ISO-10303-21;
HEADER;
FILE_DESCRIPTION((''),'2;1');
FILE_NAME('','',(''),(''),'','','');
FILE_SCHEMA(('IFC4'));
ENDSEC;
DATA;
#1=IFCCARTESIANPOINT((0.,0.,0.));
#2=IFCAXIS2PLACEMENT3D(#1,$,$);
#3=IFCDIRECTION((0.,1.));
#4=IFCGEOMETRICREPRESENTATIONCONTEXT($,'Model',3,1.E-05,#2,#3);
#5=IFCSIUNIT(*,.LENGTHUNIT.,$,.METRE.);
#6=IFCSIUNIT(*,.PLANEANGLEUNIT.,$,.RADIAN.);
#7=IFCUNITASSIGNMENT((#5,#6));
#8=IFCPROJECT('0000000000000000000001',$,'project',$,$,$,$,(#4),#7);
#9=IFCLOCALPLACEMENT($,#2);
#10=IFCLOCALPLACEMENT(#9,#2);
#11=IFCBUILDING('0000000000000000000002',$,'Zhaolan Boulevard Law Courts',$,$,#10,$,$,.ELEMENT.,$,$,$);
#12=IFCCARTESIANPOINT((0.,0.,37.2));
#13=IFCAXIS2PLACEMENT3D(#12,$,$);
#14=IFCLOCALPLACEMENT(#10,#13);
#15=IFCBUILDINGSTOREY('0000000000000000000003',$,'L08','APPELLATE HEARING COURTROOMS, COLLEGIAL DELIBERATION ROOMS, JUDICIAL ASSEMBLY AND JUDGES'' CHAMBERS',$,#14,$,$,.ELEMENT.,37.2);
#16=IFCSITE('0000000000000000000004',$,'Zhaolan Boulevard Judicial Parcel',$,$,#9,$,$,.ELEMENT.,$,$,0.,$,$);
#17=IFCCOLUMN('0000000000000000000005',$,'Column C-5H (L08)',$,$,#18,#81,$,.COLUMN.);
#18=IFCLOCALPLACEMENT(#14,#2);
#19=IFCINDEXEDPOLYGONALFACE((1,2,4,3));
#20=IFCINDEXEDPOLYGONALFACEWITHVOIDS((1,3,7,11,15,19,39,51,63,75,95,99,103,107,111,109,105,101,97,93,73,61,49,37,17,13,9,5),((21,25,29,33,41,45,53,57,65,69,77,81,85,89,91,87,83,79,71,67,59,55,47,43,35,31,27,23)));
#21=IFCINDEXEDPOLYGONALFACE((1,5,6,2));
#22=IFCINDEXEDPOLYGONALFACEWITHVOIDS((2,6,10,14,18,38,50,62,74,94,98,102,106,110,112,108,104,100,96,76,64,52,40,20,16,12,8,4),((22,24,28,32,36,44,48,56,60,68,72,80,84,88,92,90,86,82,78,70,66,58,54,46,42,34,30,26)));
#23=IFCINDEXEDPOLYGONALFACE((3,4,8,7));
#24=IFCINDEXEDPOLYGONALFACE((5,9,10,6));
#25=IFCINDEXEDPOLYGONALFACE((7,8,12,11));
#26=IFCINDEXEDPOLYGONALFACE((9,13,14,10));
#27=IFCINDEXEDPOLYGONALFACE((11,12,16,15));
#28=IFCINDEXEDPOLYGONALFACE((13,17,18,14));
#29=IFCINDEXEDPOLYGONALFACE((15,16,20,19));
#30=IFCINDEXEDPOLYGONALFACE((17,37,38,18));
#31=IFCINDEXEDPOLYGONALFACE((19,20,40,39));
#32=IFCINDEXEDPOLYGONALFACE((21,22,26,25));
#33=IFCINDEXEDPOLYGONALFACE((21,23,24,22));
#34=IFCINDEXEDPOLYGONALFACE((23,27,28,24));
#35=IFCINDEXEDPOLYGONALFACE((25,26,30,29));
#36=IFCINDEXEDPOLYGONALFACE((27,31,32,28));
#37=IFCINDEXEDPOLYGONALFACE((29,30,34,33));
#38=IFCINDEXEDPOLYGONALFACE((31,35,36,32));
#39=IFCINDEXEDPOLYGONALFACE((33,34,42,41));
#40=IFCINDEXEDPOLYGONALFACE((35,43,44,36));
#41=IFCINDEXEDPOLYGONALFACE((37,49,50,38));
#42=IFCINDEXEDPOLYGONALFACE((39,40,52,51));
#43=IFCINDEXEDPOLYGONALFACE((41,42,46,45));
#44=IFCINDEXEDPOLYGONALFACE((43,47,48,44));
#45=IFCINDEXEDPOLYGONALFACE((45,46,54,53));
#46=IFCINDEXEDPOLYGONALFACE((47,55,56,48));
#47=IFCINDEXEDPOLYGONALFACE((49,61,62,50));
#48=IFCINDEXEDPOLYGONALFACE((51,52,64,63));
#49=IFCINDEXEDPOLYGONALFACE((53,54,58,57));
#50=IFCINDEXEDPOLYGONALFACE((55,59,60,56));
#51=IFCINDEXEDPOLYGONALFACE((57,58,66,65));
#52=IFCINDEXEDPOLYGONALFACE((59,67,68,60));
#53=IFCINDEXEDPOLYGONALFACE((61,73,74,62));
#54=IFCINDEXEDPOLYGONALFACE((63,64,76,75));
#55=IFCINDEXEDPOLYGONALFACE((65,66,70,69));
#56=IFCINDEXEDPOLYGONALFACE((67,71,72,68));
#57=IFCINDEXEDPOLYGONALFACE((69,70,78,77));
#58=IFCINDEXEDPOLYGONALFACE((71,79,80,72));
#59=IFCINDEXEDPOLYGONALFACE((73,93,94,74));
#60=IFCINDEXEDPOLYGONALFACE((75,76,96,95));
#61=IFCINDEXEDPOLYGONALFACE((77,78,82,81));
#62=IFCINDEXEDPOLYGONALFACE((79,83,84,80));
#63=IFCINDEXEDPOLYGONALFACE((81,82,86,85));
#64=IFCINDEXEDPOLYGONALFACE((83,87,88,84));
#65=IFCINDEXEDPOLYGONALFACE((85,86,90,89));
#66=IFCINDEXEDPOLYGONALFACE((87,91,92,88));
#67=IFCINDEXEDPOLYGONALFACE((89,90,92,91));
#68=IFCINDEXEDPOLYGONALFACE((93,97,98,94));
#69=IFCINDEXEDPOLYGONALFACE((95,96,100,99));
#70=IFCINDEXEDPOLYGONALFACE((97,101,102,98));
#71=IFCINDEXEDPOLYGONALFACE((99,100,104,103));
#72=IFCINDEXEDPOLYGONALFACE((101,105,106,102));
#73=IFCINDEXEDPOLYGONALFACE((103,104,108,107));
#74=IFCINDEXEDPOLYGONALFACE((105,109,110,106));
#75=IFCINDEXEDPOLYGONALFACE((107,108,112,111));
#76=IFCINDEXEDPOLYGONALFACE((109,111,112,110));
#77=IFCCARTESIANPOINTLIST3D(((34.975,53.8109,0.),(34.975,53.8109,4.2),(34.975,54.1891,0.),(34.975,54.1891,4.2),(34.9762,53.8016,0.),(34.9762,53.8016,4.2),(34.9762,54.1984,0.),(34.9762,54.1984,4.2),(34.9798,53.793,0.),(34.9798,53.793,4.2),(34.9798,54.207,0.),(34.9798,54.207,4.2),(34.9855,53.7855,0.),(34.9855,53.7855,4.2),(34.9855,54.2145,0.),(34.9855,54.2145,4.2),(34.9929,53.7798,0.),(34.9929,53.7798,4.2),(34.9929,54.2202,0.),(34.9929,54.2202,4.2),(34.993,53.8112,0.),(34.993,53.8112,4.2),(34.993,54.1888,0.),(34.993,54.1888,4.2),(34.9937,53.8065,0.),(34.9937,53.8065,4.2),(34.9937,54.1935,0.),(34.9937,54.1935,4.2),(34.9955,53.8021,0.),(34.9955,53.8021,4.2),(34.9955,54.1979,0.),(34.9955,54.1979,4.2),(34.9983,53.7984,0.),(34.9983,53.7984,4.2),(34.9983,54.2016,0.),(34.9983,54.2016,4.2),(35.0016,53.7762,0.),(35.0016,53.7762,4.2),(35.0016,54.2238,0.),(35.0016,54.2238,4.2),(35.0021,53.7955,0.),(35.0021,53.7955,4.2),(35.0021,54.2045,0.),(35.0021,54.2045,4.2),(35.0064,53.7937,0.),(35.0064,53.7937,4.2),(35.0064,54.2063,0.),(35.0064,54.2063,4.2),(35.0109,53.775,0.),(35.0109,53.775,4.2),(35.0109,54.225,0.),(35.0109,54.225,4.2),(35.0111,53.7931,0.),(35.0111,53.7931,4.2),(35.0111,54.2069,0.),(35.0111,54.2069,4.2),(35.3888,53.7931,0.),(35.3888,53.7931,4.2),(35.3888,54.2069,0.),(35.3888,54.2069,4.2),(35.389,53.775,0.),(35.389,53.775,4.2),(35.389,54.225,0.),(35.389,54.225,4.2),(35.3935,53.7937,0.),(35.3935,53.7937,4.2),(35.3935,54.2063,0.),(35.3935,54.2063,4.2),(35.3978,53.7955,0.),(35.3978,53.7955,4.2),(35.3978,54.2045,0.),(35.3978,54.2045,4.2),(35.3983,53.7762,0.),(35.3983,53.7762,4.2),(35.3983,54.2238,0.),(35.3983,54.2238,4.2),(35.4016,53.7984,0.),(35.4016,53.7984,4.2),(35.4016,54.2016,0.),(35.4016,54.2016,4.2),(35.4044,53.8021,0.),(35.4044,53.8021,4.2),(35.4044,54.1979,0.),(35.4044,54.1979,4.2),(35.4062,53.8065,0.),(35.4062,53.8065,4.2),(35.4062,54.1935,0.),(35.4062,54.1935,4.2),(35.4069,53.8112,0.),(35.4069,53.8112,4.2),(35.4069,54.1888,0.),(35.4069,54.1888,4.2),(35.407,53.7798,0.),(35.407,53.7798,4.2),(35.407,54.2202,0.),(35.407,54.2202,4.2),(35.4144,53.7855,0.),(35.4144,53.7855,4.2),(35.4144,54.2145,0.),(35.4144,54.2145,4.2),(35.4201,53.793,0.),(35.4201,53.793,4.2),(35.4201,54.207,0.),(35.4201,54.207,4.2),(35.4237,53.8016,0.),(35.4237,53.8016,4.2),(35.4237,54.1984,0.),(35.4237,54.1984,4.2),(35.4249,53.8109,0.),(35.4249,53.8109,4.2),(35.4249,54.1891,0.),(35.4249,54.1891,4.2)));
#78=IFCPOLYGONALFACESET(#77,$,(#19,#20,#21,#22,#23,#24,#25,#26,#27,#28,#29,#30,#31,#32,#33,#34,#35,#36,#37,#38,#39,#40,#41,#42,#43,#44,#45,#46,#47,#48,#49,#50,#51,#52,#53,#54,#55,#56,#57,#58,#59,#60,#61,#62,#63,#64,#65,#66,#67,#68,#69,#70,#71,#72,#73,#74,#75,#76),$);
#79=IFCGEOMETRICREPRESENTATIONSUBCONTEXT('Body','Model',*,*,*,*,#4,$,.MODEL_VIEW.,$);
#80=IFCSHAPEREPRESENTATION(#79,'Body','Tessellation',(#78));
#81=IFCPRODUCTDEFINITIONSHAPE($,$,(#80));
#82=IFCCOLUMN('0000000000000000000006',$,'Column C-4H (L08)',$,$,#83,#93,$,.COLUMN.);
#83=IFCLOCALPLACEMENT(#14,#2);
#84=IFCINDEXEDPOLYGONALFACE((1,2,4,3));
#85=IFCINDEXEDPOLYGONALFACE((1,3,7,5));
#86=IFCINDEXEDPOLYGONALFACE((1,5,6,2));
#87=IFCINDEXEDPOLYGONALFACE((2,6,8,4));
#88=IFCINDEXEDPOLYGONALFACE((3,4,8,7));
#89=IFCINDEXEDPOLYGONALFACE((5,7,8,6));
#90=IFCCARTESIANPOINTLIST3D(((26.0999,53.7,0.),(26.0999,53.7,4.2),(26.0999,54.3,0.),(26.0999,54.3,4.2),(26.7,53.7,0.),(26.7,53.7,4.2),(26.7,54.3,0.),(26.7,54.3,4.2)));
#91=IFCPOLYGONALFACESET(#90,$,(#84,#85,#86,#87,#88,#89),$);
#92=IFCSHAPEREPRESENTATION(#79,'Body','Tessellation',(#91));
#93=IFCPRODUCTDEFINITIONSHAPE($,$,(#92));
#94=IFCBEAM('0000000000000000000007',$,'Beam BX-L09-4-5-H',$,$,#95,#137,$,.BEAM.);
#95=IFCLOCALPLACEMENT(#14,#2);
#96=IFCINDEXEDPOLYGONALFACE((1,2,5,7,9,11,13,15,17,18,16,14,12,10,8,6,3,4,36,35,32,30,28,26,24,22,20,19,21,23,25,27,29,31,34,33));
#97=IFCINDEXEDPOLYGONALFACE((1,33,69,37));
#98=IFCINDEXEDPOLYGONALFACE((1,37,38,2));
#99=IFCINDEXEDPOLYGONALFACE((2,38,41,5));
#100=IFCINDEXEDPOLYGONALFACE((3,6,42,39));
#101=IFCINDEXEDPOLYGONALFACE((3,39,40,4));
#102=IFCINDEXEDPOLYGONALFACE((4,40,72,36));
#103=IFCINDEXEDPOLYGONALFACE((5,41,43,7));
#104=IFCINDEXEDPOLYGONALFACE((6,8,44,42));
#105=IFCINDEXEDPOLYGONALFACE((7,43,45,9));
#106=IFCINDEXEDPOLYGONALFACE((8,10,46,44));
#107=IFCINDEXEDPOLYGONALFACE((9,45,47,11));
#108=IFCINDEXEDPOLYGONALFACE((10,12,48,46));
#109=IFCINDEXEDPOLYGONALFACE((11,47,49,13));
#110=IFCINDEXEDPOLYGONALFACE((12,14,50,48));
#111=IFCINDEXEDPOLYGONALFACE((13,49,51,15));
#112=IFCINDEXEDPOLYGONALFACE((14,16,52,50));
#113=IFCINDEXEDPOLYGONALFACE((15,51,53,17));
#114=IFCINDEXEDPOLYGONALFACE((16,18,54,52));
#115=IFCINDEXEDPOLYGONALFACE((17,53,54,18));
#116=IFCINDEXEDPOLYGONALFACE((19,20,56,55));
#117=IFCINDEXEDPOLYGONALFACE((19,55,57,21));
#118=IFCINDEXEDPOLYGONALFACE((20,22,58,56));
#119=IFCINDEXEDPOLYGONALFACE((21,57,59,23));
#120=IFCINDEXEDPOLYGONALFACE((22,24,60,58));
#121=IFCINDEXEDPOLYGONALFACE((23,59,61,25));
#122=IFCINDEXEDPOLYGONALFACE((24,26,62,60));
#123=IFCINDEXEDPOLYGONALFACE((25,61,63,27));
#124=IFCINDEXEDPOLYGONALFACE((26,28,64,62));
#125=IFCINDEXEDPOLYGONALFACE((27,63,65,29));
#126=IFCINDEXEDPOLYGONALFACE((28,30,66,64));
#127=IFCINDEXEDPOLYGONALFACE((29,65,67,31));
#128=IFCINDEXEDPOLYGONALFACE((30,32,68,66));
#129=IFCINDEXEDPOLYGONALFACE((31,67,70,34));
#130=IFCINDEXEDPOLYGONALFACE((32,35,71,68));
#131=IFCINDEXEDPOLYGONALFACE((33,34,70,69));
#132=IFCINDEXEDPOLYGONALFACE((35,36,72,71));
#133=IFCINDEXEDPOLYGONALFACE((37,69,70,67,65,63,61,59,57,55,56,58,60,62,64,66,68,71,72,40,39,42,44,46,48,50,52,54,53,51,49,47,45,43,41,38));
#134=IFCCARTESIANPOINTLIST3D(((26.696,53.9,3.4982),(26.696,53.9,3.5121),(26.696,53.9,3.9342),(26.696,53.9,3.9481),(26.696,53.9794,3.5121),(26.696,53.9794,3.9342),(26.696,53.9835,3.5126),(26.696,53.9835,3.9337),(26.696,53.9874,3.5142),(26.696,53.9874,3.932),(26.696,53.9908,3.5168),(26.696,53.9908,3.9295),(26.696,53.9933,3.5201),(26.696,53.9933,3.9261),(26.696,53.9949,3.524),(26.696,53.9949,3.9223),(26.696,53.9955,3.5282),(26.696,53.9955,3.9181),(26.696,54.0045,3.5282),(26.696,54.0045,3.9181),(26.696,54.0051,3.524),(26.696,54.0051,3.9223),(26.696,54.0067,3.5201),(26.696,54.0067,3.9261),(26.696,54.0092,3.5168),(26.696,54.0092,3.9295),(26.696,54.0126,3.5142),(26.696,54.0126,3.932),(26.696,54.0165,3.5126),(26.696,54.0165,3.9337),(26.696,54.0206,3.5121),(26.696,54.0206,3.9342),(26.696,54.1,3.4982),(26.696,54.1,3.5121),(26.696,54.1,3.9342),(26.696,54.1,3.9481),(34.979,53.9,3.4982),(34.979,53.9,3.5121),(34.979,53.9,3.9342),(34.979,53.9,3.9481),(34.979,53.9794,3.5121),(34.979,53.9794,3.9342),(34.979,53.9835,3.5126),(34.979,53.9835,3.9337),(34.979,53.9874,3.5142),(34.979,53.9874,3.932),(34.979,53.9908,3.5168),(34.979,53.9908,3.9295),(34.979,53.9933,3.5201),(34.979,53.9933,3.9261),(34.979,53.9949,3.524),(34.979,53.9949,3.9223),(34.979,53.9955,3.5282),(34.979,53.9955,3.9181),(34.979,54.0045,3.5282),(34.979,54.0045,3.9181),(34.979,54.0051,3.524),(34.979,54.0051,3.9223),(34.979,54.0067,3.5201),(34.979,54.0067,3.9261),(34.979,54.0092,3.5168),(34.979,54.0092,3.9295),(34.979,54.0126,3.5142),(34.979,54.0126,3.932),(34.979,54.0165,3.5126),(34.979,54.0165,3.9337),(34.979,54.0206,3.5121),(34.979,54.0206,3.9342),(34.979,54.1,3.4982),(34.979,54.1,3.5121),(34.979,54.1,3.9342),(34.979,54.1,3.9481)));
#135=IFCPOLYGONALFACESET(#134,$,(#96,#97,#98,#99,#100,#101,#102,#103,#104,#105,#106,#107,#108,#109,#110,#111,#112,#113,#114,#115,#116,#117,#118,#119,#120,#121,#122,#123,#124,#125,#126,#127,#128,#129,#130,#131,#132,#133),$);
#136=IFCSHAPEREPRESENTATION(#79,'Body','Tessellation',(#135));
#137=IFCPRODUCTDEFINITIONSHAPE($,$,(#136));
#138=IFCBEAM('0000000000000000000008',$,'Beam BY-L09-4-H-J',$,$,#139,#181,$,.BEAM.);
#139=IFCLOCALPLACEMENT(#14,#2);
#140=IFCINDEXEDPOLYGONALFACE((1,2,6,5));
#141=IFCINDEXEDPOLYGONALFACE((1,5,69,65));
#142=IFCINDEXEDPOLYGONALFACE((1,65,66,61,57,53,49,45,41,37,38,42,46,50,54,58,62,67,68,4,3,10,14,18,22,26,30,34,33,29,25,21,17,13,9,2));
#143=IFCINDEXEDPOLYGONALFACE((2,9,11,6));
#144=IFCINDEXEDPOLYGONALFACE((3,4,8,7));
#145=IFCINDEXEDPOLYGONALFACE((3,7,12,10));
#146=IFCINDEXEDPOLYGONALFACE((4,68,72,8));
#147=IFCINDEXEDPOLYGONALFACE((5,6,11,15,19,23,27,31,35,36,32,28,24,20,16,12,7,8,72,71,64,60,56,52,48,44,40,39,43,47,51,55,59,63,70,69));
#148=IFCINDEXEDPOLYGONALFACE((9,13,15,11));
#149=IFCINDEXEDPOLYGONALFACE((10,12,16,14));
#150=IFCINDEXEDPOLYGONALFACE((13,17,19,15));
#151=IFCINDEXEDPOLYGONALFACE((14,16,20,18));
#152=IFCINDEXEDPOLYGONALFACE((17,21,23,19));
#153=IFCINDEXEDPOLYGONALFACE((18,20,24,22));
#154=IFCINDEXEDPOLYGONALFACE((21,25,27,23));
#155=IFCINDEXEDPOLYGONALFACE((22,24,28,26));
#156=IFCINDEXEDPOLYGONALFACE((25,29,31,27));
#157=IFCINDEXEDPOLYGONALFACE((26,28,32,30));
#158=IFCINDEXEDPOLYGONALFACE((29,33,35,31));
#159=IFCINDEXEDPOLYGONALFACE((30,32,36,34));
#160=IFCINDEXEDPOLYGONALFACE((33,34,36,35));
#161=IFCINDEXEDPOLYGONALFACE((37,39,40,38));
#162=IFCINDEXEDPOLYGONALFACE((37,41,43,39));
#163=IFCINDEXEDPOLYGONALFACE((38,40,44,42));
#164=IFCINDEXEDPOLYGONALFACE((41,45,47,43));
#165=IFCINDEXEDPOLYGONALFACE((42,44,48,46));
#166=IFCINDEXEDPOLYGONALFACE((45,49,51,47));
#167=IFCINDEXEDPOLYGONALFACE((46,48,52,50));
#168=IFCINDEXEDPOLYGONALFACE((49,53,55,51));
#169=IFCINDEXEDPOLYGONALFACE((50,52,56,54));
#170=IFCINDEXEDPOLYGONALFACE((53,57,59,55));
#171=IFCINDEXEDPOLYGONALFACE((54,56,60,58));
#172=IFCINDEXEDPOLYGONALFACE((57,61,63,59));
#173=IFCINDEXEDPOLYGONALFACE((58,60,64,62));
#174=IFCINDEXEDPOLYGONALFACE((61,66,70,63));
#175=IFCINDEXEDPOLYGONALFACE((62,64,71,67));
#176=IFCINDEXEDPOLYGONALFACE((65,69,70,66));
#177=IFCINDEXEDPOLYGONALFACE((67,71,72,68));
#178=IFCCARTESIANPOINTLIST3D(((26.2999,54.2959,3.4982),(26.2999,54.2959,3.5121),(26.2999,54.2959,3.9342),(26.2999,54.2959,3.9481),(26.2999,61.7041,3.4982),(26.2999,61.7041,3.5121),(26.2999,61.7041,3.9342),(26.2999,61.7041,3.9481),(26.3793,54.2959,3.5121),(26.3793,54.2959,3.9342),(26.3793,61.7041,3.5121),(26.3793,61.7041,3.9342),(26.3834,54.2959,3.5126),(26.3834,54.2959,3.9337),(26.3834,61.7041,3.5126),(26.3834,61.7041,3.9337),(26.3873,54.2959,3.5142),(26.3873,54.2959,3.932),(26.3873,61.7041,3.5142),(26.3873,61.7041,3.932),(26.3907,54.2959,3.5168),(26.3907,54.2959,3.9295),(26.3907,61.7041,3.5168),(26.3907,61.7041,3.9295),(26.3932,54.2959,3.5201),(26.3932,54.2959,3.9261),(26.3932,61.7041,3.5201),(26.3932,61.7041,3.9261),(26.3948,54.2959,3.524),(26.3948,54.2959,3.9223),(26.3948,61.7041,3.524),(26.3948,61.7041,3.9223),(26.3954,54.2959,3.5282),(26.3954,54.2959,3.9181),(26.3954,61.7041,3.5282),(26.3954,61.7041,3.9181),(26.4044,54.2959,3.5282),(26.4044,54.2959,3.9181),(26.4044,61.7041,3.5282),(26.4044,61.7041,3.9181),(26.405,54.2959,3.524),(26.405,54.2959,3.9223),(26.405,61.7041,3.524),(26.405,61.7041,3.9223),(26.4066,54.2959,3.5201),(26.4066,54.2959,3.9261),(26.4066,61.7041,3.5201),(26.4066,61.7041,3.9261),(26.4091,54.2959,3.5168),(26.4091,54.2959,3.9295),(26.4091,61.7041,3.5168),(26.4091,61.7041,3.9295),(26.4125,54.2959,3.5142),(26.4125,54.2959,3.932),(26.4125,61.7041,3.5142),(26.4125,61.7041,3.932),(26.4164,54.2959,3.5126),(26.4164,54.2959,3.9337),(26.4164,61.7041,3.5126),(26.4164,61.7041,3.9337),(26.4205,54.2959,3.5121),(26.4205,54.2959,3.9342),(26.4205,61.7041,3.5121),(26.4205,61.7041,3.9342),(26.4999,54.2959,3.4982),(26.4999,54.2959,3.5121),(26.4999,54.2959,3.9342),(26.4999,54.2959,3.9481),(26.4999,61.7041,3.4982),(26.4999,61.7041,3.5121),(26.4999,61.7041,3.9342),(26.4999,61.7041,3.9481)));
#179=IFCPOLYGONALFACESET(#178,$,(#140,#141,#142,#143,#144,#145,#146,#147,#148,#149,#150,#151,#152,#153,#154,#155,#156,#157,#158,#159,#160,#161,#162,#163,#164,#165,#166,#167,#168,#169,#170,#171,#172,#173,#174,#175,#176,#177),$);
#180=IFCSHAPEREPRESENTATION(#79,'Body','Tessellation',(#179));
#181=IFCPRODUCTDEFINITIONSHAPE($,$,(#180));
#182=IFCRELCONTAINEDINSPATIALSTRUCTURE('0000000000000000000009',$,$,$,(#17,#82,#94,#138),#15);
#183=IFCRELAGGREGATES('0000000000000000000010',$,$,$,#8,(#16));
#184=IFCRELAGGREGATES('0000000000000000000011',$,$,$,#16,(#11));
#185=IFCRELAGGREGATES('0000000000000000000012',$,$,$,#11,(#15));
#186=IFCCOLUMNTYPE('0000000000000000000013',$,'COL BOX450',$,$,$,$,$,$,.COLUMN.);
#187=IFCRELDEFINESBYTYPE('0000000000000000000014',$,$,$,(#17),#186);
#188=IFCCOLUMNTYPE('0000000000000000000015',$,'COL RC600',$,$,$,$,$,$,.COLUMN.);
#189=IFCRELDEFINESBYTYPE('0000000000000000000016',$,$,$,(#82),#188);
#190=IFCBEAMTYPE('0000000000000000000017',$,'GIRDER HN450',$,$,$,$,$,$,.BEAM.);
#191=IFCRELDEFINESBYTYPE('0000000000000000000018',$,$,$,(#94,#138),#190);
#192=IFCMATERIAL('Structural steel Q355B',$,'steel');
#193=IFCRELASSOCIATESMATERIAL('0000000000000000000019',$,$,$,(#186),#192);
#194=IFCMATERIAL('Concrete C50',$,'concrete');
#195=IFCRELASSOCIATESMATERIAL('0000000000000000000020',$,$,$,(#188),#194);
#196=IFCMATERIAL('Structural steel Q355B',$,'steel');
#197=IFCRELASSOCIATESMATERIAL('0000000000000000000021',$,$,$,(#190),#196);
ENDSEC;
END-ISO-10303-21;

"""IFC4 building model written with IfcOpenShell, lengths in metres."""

from ifc_helpers import new_model, si_unit, direction, frame, origin, origin_2d, place, context, subcontext, project, spatial, rectangle, hollow_rectangle, i_section, extrude, material, material_profile, profile_set, type_object, element, save


model = new_model("IFC4")

# Units and contexts
model_context = context("Model", 3, precision=1e-05, world=origin(), true_north=direction((0.0, 1.0)))
body_context = subcontext(model_context, "Body", "Model", "MODEL_VIEW")
ifc_project = project(units=[si_unit("LENGTHUNIT", "METRE"), si_unit("PLANEANGLEUNIT", "RADIAN")], contexts=[model_context])

# Site, building, storey
site_placement = place(None, origin())
site = spatial("IfcSite", under=ifc_project, at=site_placement, Name="Zhaolan Boulevard Judicial Parcel", CompositionType="ELEMENT", RefElevation=0.0)
building_placement = place(site_placement, origin())
building = spatial("IfcBuilding", under=site, at=building_placement, Name="Zhaolan Boulevard Law Courts", CompositionType="ELEMENT")
storey_placement = place(building_placement, frame((0.0, 0.0, 37.2)))
storey = spatial("IfcBuildingStorey", under=building, at=storey_placement, Name="L08", Description="APPELLATE HEARING COURTROOMS, COLLEGIAL DELIBERATION ROOMS, JUDICIAL ASSEMBLY AND JUDGES' CHAMBERS", CompositionType="ELEMENT", Elevation=37.2)

# Columns
ifc_material_1 = material(Name="Structural steel Q355B", Category="steel")
ifc_material_profile_1 = material_profile(ifc_material_1, hollow_rectangle(XDim=0.45, YDim=0.45, WallThickness=0.0181, InnerFilletRadius=0.0181, OuterFilletRadius=0.0359, at=origin_2d()), Name="BOX450x450x18")
ifc_profile_set_1 = profile_set([ifc_material_profile_1], Name="Structural steel Q355B")
column_type_1 = type_object("IfcColumnType", Name="COL BOX450", PredefinedType="COLUMN", material=ifc_profile_set_1)
column_1_placement = place(storey_placement, frame((35.2, 54.0, 0.0), z_axis=(0.0, 0.0, 1.0), x_axis=(1.0, 0.0, 0.0)))
element("IfcColumn", 1, at=column_1_placement, inside=storey, type_object=column_type_1, Name="Column C-5H (L08)", PredefinedType="COLUMN", context=body_context, shape_type="SweptSolid", body=[
    extrude(hollow_rectangle(XDim=0.45, YDim=0.45, WallThickness=0.0181, InnerFilletRadius=0.0181, OuterFilletRadius=0.0359, at=origin_2d()), origin(), (0.0, 0.0, 1.0), 4.2),
])
ifc_material_2 = material(Name="Concrete C50", Category="concrete")
ifc_material_profile_2 = material_profile(ifc_material_2, rectangle(XDim=0.6001, YDim=0.6001, at=origin_2d()), Name="RC600x600")
ifc_profile_set_2 = profile_set([ifc_material_profile_2], Name="Concrete C50")
column_type_2 = type_object("IfcColumnType", Name="COL RC600", PredefinedType="COLUMN", material=ifc_profile_set_2)
column_2_placement = place(storey_placement, frame((26.3999, 54.0, 0.0), z_axis=(0.0, 0.0, 1.0), x_axis=(1.0, 0.0, 0.0)))
element("IfcColumn", 2, at=column_2_placement, inside=storey, type_object=column_type_2, Name="Column C-4H (L08)", PredefinedType="COLUMN", context=body_context, shape_type="SweptSolid", body=[
    extrude(rectangle(XDim=0.6001, YDim=0.6001, at=origin_2d()), origin(), (0.0, 0.0, 1.0), 4.2),
])

# Beams
ifc_material_3 = material(Name="Structural steel Q355B", Category="steel")
ifc_material_profile_3 = material_profile(ifc_material_3, i_section(OverallWidth=0.2, OverallDepth=0.45, WebThickness=0.009, FlangeThickness=0.0139, FilletRadius=0.0161, at=origin_2d()), Name="HN450x200")
ifc_profile_set_3 = profile_set([ifc_material_profile_3], Name="Structural steel Q355B")
beam_type_1 = type_object("IfcBeamType", Name="GIRDER HN450", PredefinedType="BEAM", material=ifc_profile_set_3)
beam_1_placement = place(storey_placement, frame((26.696, 54.0, 3.7231), z_axis=(1.0, 0.0, 0.0), x_axis=(0.0, 1.0, 0.0)))
element("IfcBeam", 3, at=beam_1_placement, inside=storey, type_object=beam_type_1, Name="Beam BX-L09-4-5-H", PredefinedType="BEAM", context=body_context, shape_type="SweptSolid", body=[
    extrude(i_section(OverallWidth=0.2, OverallDepth=0.45, WebThickness=0.009, FlangeThickness=0.0139, FilletRadius=0.0161, at=origin_2d()), origin(), (0.0, 0.0, 1.0), 8.283),
])
beam_2_placement = place(storey_placement, frame((26.3999, 54.2959, 3.7231), z_axis=(0.0, 1.0, 0.0), x_axis=(-1.0, 0.0, 0.0)))
element("IfcBeam", 4, at=beam_2_placement, inside=storey, type_object=beam_type_1, Name="Beam BY-L09-4-H-J", PredefinedType="BEAM", context=body_context, shape_type="SweptSolid", body=[
    extrude(i_section(OverallWidth=0.2, OverallDepth=0.45, WebThickness=0.009, FlangeThickness=0.0139, FilletRadius=0.0161, at=origin_2d()), origin(), (0.0, 0.0, 1.0), 7.4082),
])

save(model, "model.ifc")
